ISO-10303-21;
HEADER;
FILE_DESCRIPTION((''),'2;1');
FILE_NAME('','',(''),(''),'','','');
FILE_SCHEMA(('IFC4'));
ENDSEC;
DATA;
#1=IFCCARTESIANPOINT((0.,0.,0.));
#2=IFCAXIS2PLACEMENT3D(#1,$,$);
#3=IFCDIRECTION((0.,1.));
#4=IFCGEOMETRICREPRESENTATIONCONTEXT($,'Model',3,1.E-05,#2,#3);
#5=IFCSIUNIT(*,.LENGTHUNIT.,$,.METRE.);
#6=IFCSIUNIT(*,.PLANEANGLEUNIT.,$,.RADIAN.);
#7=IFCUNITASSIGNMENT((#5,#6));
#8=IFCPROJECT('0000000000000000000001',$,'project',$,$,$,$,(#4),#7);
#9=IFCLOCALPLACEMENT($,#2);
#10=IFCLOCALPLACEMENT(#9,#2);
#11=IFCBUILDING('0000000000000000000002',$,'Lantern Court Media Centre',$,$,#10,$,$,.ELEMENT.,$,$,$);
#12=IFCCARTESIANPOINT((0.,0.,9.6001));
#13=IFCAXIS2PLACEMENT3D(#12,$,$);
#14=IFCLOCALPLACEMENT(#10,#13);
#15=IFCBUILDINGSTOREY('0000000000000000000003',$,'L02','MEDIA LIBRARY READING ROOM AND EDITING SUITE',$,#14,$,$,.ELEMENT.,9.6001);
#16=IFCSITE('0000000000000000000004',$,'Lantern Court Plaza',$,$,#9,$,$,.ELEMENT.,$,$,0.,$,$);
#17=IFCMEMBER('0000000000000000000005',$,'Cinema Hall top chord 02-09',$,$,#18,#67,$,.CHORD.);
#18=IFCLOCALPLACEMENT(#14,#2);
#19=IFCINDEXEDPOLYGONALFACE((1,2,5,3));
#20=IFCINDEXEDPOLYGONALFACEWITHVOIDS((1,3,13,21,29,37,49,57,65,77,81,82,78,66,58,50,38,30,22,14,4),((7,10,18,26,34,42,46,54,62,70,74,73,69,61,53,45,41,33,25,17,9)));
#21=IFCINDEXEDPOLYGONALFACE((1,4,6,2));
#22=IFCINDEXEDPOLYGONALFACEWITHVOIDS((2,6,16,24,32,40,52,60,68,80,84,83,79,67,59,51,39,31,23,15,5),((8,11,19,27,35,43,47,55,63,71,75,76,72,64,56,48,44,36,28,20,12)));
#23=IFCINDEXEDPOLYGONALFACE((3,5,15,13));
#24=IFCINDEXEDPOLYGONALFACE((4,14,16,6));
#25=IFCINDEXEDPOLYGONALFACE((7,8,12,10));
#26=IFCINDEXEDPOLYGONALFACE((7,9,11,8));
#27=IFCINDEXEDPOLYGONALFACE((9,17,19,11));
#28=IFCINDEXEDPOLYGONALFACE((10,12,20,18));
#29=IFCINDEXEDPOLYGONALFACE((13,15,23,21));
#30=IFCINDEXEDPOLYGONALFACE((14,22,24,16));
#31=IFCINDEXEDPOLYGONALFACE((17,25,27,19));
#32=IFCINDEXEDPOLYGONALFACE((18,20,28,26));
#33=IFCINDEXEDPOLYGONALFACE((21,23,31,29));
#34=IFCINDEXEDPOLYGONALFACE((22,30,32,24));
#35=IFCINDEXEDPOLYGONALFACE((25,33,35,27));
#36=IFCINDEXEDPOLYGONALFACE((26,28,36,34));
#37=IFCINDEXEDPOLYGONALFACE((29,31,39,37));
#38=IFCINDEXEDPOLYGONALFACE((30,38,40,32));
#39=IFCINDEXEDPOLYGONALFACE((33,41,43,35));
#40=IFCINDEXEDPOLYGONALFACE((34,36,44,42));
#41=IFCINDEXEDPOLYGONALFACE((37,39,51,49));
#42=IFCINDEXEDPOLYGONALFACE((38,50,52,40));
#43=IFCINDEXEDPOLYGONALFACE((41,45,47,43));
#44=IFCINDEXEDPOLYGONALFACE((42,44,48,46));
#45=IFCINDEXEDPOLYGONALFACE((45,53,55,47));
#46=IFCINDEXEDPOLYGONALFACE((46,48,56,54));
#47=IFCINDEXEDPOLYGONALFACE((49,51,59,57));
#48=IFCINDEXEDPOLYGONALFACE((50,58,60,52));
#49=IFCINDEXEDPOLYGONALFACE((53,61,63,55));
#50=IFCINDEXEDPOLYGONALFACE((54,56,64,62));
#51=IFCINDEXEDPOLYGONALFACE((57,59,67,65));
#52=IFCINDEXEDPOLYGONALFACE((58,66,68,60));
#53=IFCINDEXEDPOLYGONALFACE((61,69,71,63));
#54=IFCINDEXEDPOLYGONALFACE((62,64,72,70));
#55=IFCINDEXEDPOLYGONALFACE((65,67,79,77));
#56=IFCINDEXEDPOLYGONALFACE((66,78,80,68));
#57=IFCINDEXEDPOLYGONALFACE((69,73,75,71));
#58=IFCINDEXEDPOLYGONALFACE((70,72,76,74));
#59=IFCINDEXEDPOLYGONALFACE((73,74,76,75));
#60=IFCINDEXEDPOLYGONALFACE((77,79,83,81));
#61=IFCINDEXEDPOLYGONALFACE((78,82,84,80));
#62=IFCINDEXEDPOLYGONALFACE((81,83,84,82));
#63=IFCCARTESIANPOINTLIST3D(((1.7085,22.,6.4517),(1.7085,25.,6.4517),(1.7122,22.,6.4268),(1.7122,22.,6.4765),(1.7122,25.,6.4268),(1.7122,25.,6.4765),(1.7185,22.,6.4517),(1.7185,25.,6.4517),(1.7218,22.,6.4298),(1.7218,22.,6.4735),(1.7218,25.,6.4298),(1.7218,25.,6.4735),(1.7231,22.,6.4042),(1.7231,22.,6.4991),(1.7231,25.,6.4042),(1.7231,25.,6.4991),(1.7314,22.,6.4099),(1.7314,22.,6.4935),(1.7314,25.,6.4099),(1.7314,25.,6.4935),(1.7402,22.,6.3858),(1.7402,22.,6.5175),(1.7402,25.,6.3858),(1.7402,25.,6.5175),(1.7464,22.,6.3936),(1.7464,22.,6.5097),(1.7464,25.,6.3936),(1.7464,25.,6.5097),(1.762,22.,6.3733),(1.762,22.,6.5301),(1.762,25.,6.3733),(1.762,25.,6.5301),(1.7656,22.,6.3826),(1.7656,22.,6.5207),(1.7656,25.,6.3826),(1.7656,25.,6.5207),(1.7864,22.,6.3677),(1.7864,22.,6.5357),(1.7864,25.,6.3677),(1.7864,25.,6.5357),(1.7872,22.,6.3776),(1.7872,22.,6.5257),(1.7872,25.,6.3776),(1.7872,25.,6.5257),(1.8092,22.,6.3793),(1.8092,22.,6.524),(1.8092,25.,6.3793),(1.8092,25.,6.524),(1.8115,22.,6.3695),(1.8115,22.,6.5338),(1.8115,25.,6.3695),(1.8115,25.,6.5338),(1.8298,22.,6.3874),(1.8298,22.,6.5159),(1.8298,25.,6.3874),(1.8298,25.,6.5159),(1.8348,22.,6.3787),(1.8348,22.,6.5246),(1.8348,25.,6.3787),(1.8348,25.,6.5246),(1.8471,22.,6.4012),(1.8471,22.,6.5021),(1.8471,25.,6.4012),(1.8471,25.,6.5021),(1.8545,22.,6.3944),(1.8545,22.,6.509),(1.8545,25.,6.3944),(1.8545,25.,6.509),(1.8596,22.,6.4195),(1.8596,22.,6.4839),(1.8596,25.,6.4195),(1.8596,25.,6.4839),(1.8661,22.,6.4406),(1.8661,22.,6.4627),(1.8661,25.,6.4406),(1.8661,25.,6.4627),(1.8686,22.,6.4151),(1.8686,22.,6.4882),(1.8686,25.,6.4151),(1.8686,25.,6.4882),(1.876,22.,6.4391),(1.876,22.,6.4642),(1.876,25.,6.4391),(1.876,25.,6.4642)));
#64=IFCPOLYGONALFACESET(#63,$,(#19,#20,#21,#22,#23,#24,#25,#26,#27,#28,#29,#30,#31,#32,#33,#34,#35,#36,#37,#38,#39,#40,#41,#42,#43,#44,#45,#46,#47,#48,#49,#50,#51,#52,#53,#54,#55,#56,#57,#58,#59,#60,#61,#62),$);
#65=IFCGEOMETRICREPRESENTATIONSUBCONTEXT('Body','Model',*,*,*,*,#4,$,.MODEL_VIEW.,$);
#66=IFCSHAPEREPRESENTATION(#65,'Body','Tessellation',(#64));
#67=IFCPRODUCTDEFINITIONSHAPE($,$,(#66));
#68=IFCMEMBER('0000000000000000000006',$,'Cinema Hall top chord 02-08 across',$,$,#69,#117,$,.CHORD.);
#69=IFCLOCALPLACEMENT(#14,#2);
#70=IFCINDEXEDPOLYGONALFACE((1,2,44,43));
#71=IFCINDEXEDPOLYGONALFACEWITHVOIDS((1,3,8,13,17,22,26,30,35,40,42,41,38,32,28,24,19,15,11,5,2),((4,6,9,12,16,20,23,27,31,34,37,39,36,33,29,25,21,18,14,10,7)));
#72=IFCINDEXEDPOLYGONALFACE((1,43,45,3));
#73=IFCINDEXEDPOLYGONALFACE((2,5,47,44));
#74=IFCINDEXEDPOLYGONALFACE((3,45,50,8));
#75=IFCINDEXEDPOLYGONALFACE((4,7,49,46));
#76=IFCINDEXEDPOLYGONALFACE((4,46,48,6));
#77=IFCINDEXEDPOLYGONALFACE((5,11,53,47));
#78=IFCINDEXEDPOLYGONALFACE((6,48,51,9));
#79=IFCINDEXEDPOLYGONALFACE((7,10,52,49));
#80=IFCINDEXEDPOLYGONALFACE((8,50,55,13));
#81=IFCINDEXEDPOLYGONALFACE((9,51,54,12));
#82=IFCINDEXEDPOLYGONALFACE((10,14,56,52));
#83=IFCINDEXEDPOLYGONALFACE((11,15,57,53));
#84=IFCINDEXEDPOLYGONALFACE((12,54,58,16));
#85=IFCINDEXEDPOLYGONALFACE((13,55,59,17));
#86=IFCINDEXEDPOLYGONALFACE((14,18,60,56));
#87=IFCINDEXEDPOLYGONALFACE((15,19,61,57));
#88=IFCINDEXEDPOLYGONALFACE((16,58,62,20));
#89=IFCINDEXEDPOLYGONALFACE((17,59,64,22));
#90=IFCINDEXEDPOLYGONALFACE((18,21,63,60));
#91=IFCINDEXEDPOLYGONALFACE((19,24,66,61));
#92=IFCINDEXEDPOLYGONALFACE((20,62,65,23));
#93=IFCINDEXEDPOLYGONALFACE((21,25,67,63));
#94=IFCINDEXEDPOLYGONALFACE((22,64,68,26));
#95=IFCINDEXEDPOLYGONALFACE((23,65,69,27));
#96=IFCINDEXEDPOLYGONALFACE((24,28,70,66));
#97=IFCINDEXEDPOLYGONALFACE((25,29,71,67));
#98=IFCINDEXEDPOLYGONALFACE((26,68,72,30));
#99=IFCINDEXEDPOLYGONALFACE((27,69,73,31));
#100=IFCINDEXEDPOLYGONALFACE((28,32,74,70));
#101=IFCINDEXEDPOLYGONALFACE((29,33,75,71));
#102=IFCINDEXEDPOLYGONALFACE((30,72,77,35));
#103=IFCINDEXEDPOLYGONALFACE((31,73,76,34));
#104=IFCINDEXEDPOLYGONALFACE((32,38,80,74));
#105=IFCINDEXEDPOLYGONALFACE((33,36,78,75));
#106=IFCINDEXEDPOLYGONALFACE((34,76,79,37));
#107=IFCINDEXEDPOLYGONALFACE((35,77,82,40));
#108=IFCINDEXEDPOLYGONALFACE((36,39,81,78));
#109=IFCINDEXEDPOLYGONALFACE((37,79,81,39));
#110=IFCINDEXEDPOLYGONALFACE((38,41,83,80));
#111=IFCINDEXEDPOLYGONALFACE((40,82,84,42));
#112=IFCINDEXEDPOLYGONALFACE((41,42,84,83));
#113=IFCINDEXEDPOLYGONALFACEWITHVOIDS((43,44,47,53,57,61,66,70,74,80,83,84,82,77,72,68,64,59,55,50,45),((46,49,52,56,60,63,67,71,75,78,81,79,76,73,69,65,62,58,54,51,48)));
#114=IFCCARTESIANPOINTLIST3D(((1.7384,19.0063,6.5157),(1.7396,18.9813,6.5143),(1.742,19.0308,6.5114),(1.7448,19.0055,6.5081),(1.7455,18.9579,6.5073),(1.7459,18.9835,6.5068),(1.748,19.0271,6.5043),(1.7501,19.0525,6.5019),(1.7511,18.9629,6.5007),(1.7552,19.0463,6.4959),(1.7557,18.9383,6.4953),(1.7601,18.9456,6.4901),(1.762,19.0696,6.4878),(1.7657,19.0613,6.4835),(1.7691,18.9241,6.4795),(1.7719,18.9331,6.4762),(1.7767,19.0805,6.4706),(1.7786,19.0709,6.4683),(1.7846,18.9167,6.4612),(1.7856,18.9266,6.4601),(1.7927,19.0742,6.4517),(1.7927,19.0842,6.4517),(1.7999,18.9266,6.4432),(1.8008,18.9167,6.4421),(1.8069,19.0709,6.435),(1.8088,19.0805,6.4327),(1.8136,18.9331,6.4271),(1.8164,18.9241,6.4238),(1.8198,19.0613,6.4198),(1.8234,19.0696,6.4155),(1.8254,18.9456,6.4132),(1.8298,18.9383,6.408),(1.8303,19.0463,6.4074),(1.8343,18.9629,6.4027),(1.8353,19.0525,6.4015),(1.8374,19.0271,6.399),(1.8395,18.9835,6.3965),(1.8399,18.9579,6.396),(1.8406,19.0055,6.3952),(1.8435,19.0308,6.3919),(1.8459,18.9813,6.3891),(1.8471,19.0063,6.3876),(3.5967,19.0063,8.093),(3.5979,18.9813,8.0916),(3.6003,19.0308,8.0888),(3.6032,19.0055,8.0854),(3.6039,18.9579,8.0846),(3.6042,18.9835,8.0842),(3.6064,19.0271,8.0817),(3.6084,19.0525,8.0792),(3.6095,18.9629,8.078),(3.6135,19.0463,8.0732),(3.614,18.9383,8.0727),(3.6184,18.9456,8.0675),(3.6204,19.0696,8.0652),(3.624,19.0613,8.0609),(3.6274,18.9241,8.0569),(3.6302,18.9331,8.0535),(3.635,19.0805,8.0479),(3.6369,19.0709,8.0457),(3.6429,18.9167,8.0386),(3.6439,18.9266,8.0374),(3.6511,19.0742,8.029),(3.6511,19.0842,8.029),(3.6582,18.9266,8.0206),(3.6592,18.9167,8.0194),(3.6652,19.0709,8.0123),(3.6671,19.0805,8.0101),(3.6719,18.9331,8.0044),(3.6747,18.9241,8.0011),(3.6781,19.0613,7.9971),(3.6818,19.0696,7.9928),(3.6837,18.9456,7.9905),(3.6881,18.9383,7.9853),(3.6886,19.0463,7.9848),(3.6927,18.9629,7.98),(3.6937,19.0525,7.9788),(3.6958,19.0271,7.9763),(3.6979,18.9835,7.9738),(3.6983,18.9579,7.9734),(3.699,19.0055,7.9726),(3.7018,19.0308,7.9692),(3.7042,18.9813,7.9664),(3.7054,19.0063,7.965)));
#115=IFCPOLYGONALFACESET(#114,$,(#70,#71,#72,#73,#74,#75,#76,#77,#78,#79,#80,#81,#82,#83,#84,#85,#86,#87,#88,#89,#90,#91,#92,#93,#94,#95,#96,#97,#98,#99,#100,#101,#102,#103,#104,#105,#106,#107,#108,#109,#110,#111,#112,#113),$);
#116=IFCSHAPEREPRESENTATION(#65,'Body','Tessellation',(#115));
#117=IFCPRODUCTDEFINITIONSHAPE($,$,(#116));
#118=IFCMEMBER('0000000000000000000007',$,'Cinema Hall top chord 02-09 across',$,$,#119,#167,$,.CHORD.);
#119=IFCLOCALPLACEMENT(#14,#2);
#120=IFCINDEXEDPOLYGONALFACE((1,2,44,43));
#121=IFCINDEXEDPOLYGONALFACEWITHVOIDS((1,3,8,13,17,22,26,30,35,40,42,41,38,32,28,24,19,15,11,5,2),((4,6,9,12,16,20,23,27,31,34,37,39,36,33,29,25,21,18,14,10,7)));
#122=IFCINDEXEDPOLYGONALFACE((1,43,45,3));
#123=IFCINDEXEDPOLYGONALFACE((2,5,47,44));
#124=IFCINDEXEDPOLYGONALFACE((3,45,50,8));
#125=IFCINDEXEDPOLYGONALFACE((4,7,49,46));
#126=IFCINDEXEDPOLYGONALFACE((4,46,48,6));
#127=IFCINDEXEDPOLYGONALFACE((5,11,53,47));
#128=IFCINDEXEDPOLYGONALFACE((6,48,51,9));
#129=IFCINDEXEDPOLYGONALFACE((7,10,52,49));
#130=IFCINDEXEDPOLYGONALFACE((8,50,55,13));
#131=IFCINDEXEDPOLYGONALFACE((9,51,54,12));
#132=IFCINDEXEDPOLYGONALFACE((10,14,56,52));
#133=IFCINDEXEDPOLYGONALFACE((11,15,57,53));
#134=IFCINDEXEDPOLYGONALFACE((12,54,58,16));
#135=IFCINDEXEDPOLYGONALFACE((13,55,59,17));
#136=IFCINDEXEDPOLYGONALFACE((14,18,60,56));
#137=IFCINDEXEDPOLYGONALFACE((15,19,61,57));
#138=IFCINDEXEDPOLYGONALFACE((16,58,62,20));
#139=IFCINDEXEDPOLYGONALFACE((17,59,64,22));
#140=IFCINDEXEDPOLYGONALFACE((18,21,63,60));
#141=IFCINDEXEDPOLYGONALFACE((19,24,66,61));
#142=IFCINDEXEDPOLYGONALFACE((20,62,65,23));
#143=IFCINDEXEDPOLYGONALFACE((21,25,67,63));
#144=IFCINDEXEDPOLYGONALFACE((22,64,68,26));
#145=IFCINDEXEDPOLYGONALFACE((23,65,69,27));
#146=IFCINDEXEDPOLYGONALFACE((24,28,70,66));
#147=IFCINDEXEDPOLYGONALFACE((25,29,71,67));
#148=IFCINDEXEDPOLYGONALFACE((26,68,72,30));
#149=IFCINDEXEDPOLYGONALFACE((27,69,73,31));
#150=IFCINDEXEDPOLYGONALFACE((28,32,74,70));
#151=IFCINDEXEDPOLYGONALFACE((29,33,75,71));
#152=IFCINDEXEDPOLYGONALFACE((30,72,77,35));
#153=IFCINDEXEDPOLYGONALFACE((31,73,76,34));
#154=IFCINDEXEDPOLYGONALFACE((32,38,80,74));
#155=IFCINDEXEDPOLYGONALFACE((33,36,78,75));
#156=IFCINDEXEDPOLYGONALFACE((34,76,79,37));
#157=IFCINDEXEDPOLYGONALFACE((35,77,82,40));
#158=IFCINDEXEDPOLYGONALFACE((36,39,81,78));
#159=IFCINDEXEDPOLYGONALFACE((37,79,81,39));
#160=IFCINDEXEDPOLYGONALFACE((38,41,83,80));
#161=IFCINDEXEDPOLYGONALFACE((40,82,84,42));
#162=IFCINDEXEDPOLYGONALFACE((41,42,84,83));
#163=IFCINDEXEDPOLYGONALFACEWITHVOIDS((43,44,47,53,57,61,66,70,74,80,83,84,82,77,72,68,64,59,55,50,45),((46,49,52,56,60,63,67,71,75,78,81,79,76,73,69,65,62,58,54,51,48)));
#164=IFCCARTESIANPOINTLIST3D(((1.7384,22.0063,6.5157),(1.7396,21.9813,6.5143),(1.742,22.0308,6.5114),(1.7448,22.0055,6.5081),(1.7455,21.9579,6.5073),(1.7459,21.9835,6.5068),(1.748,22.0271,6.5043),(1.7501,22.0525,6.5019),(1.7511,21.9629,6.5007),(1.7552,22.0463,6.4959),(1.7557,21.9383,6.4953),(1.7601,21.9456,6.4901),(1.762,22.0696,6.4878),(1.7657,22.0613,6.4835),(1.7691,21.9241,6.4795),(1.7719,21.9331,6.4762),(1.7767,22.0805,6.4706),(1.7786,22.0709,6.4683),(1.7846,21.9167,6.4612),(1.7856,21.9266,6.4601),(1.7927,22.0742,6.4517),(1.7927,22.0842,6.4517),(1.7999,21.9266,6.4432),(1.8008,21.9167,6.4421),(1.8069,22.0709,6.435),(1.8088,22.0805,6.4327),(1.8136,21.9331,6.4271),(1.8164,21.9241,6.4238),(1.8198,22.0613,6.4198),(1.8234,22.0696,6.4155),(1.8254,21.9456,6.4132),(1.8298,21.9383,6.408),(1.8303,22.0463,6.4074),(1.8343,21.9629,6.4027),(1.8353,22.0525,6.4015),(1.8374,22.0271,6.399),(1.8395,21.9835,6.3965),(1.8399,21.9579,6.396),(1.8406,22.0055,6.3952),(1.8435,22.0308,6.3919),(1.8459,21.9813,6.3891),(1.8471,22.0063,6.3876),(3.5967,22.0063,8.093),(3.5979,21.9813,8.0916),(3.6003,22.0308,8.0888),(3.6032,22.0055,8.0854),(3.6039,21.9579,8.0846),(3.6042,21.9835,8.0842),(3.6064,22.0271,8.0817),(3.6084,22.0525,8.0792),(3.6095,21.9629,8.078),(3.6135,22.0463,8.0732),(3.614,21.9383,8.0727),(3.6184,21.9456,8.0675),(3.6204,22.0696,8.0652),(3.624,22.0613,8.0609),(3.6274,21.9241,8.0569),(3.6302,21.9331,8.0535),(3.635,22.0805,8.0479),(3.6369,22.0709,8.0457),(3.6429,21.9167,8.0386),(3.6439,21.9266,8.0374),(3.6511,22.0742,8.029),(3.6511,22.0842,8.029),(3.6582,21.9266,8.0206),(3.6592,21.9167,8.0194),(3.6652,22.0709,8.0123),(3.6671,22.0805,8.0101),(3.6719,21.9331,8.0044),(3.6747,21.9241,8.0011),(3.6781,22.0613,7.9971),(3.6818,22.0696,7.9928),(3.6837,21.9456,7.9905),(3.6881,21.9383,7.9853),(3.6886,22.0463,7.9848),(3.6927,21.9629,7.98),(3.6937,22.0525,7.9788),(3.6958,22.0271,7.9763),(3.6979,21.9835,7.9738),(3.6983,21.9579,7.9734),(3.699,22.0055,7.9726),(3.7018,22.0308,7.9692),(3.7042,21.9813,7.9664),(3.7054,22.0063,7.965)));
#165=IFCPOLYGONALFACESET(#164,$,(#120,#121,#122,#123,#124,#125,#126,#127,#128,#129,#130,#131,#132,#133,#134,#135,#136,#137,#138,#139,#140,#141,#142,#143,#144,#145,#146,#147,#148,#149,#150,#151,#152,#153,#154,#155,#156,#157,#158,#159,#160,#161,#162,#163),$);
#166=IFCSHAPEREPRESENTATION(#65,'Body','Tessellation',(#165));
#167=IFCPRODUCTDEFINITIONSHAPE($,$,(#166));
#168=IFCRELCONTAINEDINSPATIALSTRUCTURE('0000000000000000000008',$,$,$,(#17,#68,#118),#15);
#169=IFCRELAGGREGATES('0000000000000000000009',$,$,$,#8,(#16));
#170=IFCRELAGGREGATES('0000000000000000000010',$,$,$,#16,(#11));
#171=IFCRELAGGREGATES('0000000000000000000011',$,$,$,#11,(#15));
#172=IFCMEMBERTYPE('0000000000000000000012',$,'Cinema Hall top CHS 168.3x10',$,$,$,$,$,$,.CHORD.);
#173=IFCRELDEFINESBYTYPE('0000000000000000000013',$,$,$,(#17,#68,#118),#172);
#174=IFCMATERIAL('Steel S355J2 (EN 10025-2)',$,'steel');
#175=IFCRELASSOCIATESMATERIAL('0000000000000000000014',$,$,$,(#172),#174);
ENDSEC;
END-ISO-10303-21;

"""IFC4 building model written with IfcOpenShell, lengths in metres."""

from ifc_helpers import new_model, si_unit, direction, frame, origin, origin_2d, place, context, subcontext, project, spatial, hollow_circle, extrude, material, material_profile, profile_set, type_object, element, save


model = new_model("IFC4")

# Units and contexts
model_context = context("Model", 3, precision=1e-05, world=origin(), true_north=direction((0.0, 1.0)))
body_context = subcontext(model_context, "Body", "Model", "MODEL_VIEW")
ifc_project = project(units=[si_unit("LENGTHUNIT", "METRE"), si_unit("PLANEANGLEUNIT", "RADIAN")], contexts=[model_context])

# Site, building, storey
site_placement = place(None, origin())
site = spatial("IfcSite", under=ifc_project, at=site_placement, Name="Lantern Court Plaza", CompositionType="ELEMENT", RefElevation=0.0)
building_placement = place(site_placement, origin())
building = spatial("IfcBuilding", under=site, at=building_placement, Name="Lantern Court Media Centre", CompositionType="ELEMENT")
storey_placement = place(building_placement, frame((0.0, 0.0, 9.6001)))
storey = spatial("IfcBuildingStorey", under=building, at=storey_placement, Name="L02", Description="MEDIA LIBRARY READING ROOM AND EDITING SUITE", CompositionType="ELEMENT", Elevation=9.6001)

# Members
ifc_material = material(Name="Steel S355J2 (EN 10025-2)", Category="steel")
ifc_material_profile_1 = material_profile(ifc_material, hollow_circle(Radius=0.0842, WallThickness=0.01, at=origin_2d()), Name="Cinema Hall top CHS 168.3x10")
ifc_profile_set_1 = profile_set([ifc_material_profile_1], Name="Steel S355J2 (EN 10025-2)")
member_type_1 = type_object("IfcMemberType", Name="Cinema Hall top CHS 168.3x10", PredefinedType="CHORD", material=ifc_profile_set_1)
for number, where, z_axis, x_axis, name in (
    (1, (1.7927, 22.0, 6.4517), (0.0, 1.0, 0.0), (-1.0, 0.0, 0.0), "Cinema Hall top chord 02-09"),
):
    element("IfcMember", number, at=place(storey_placement, frame(where, z_axis=z_axis, x_axis=x_axis)), inside=storey, type_object=member_type_1, Name=name, PredefinedType="CHORD", context=body_context, shape_type="SweptSolid", body=[
        extrude(hollow_circle(Radius=0.0842, WallThickness=0.01, at=origin_2d()), origin(), (0.0, 0.0, 1.0), 3.0),
    ])
for number, where, z_axis, x_axis, name in (
    (2, (1.7927, 19.0, 6.4517), (0.762394, 0.0, 0.647113), (0.0, 1.0, 0.0), "Cinema Hall top chord 02-08 across"),
    (3, (1.7927, 22.0, 6.4517), (0.762394, 0.0, 0.647113), (0.0, 1.0, 0.0), "Cinema Hall top chord 02-09 across"),
):
    element("IfcMember", number, at=place(storey_placement, frame(where, z_axis=z_axis, x_axis=x_axis)), inside=storey, type_object=member_type_1, Name=name, PredefinedType="CHORD", context=body_context, shape_type="SweptSolid", body=[
        extrude(hollow_circle(Radius=0.0842, WallThickness=0.01, at=origin_2d()), origin(), (0.0, 0.0, 1.0), 2.4375),
    ])

save(model, "model.ifc")
